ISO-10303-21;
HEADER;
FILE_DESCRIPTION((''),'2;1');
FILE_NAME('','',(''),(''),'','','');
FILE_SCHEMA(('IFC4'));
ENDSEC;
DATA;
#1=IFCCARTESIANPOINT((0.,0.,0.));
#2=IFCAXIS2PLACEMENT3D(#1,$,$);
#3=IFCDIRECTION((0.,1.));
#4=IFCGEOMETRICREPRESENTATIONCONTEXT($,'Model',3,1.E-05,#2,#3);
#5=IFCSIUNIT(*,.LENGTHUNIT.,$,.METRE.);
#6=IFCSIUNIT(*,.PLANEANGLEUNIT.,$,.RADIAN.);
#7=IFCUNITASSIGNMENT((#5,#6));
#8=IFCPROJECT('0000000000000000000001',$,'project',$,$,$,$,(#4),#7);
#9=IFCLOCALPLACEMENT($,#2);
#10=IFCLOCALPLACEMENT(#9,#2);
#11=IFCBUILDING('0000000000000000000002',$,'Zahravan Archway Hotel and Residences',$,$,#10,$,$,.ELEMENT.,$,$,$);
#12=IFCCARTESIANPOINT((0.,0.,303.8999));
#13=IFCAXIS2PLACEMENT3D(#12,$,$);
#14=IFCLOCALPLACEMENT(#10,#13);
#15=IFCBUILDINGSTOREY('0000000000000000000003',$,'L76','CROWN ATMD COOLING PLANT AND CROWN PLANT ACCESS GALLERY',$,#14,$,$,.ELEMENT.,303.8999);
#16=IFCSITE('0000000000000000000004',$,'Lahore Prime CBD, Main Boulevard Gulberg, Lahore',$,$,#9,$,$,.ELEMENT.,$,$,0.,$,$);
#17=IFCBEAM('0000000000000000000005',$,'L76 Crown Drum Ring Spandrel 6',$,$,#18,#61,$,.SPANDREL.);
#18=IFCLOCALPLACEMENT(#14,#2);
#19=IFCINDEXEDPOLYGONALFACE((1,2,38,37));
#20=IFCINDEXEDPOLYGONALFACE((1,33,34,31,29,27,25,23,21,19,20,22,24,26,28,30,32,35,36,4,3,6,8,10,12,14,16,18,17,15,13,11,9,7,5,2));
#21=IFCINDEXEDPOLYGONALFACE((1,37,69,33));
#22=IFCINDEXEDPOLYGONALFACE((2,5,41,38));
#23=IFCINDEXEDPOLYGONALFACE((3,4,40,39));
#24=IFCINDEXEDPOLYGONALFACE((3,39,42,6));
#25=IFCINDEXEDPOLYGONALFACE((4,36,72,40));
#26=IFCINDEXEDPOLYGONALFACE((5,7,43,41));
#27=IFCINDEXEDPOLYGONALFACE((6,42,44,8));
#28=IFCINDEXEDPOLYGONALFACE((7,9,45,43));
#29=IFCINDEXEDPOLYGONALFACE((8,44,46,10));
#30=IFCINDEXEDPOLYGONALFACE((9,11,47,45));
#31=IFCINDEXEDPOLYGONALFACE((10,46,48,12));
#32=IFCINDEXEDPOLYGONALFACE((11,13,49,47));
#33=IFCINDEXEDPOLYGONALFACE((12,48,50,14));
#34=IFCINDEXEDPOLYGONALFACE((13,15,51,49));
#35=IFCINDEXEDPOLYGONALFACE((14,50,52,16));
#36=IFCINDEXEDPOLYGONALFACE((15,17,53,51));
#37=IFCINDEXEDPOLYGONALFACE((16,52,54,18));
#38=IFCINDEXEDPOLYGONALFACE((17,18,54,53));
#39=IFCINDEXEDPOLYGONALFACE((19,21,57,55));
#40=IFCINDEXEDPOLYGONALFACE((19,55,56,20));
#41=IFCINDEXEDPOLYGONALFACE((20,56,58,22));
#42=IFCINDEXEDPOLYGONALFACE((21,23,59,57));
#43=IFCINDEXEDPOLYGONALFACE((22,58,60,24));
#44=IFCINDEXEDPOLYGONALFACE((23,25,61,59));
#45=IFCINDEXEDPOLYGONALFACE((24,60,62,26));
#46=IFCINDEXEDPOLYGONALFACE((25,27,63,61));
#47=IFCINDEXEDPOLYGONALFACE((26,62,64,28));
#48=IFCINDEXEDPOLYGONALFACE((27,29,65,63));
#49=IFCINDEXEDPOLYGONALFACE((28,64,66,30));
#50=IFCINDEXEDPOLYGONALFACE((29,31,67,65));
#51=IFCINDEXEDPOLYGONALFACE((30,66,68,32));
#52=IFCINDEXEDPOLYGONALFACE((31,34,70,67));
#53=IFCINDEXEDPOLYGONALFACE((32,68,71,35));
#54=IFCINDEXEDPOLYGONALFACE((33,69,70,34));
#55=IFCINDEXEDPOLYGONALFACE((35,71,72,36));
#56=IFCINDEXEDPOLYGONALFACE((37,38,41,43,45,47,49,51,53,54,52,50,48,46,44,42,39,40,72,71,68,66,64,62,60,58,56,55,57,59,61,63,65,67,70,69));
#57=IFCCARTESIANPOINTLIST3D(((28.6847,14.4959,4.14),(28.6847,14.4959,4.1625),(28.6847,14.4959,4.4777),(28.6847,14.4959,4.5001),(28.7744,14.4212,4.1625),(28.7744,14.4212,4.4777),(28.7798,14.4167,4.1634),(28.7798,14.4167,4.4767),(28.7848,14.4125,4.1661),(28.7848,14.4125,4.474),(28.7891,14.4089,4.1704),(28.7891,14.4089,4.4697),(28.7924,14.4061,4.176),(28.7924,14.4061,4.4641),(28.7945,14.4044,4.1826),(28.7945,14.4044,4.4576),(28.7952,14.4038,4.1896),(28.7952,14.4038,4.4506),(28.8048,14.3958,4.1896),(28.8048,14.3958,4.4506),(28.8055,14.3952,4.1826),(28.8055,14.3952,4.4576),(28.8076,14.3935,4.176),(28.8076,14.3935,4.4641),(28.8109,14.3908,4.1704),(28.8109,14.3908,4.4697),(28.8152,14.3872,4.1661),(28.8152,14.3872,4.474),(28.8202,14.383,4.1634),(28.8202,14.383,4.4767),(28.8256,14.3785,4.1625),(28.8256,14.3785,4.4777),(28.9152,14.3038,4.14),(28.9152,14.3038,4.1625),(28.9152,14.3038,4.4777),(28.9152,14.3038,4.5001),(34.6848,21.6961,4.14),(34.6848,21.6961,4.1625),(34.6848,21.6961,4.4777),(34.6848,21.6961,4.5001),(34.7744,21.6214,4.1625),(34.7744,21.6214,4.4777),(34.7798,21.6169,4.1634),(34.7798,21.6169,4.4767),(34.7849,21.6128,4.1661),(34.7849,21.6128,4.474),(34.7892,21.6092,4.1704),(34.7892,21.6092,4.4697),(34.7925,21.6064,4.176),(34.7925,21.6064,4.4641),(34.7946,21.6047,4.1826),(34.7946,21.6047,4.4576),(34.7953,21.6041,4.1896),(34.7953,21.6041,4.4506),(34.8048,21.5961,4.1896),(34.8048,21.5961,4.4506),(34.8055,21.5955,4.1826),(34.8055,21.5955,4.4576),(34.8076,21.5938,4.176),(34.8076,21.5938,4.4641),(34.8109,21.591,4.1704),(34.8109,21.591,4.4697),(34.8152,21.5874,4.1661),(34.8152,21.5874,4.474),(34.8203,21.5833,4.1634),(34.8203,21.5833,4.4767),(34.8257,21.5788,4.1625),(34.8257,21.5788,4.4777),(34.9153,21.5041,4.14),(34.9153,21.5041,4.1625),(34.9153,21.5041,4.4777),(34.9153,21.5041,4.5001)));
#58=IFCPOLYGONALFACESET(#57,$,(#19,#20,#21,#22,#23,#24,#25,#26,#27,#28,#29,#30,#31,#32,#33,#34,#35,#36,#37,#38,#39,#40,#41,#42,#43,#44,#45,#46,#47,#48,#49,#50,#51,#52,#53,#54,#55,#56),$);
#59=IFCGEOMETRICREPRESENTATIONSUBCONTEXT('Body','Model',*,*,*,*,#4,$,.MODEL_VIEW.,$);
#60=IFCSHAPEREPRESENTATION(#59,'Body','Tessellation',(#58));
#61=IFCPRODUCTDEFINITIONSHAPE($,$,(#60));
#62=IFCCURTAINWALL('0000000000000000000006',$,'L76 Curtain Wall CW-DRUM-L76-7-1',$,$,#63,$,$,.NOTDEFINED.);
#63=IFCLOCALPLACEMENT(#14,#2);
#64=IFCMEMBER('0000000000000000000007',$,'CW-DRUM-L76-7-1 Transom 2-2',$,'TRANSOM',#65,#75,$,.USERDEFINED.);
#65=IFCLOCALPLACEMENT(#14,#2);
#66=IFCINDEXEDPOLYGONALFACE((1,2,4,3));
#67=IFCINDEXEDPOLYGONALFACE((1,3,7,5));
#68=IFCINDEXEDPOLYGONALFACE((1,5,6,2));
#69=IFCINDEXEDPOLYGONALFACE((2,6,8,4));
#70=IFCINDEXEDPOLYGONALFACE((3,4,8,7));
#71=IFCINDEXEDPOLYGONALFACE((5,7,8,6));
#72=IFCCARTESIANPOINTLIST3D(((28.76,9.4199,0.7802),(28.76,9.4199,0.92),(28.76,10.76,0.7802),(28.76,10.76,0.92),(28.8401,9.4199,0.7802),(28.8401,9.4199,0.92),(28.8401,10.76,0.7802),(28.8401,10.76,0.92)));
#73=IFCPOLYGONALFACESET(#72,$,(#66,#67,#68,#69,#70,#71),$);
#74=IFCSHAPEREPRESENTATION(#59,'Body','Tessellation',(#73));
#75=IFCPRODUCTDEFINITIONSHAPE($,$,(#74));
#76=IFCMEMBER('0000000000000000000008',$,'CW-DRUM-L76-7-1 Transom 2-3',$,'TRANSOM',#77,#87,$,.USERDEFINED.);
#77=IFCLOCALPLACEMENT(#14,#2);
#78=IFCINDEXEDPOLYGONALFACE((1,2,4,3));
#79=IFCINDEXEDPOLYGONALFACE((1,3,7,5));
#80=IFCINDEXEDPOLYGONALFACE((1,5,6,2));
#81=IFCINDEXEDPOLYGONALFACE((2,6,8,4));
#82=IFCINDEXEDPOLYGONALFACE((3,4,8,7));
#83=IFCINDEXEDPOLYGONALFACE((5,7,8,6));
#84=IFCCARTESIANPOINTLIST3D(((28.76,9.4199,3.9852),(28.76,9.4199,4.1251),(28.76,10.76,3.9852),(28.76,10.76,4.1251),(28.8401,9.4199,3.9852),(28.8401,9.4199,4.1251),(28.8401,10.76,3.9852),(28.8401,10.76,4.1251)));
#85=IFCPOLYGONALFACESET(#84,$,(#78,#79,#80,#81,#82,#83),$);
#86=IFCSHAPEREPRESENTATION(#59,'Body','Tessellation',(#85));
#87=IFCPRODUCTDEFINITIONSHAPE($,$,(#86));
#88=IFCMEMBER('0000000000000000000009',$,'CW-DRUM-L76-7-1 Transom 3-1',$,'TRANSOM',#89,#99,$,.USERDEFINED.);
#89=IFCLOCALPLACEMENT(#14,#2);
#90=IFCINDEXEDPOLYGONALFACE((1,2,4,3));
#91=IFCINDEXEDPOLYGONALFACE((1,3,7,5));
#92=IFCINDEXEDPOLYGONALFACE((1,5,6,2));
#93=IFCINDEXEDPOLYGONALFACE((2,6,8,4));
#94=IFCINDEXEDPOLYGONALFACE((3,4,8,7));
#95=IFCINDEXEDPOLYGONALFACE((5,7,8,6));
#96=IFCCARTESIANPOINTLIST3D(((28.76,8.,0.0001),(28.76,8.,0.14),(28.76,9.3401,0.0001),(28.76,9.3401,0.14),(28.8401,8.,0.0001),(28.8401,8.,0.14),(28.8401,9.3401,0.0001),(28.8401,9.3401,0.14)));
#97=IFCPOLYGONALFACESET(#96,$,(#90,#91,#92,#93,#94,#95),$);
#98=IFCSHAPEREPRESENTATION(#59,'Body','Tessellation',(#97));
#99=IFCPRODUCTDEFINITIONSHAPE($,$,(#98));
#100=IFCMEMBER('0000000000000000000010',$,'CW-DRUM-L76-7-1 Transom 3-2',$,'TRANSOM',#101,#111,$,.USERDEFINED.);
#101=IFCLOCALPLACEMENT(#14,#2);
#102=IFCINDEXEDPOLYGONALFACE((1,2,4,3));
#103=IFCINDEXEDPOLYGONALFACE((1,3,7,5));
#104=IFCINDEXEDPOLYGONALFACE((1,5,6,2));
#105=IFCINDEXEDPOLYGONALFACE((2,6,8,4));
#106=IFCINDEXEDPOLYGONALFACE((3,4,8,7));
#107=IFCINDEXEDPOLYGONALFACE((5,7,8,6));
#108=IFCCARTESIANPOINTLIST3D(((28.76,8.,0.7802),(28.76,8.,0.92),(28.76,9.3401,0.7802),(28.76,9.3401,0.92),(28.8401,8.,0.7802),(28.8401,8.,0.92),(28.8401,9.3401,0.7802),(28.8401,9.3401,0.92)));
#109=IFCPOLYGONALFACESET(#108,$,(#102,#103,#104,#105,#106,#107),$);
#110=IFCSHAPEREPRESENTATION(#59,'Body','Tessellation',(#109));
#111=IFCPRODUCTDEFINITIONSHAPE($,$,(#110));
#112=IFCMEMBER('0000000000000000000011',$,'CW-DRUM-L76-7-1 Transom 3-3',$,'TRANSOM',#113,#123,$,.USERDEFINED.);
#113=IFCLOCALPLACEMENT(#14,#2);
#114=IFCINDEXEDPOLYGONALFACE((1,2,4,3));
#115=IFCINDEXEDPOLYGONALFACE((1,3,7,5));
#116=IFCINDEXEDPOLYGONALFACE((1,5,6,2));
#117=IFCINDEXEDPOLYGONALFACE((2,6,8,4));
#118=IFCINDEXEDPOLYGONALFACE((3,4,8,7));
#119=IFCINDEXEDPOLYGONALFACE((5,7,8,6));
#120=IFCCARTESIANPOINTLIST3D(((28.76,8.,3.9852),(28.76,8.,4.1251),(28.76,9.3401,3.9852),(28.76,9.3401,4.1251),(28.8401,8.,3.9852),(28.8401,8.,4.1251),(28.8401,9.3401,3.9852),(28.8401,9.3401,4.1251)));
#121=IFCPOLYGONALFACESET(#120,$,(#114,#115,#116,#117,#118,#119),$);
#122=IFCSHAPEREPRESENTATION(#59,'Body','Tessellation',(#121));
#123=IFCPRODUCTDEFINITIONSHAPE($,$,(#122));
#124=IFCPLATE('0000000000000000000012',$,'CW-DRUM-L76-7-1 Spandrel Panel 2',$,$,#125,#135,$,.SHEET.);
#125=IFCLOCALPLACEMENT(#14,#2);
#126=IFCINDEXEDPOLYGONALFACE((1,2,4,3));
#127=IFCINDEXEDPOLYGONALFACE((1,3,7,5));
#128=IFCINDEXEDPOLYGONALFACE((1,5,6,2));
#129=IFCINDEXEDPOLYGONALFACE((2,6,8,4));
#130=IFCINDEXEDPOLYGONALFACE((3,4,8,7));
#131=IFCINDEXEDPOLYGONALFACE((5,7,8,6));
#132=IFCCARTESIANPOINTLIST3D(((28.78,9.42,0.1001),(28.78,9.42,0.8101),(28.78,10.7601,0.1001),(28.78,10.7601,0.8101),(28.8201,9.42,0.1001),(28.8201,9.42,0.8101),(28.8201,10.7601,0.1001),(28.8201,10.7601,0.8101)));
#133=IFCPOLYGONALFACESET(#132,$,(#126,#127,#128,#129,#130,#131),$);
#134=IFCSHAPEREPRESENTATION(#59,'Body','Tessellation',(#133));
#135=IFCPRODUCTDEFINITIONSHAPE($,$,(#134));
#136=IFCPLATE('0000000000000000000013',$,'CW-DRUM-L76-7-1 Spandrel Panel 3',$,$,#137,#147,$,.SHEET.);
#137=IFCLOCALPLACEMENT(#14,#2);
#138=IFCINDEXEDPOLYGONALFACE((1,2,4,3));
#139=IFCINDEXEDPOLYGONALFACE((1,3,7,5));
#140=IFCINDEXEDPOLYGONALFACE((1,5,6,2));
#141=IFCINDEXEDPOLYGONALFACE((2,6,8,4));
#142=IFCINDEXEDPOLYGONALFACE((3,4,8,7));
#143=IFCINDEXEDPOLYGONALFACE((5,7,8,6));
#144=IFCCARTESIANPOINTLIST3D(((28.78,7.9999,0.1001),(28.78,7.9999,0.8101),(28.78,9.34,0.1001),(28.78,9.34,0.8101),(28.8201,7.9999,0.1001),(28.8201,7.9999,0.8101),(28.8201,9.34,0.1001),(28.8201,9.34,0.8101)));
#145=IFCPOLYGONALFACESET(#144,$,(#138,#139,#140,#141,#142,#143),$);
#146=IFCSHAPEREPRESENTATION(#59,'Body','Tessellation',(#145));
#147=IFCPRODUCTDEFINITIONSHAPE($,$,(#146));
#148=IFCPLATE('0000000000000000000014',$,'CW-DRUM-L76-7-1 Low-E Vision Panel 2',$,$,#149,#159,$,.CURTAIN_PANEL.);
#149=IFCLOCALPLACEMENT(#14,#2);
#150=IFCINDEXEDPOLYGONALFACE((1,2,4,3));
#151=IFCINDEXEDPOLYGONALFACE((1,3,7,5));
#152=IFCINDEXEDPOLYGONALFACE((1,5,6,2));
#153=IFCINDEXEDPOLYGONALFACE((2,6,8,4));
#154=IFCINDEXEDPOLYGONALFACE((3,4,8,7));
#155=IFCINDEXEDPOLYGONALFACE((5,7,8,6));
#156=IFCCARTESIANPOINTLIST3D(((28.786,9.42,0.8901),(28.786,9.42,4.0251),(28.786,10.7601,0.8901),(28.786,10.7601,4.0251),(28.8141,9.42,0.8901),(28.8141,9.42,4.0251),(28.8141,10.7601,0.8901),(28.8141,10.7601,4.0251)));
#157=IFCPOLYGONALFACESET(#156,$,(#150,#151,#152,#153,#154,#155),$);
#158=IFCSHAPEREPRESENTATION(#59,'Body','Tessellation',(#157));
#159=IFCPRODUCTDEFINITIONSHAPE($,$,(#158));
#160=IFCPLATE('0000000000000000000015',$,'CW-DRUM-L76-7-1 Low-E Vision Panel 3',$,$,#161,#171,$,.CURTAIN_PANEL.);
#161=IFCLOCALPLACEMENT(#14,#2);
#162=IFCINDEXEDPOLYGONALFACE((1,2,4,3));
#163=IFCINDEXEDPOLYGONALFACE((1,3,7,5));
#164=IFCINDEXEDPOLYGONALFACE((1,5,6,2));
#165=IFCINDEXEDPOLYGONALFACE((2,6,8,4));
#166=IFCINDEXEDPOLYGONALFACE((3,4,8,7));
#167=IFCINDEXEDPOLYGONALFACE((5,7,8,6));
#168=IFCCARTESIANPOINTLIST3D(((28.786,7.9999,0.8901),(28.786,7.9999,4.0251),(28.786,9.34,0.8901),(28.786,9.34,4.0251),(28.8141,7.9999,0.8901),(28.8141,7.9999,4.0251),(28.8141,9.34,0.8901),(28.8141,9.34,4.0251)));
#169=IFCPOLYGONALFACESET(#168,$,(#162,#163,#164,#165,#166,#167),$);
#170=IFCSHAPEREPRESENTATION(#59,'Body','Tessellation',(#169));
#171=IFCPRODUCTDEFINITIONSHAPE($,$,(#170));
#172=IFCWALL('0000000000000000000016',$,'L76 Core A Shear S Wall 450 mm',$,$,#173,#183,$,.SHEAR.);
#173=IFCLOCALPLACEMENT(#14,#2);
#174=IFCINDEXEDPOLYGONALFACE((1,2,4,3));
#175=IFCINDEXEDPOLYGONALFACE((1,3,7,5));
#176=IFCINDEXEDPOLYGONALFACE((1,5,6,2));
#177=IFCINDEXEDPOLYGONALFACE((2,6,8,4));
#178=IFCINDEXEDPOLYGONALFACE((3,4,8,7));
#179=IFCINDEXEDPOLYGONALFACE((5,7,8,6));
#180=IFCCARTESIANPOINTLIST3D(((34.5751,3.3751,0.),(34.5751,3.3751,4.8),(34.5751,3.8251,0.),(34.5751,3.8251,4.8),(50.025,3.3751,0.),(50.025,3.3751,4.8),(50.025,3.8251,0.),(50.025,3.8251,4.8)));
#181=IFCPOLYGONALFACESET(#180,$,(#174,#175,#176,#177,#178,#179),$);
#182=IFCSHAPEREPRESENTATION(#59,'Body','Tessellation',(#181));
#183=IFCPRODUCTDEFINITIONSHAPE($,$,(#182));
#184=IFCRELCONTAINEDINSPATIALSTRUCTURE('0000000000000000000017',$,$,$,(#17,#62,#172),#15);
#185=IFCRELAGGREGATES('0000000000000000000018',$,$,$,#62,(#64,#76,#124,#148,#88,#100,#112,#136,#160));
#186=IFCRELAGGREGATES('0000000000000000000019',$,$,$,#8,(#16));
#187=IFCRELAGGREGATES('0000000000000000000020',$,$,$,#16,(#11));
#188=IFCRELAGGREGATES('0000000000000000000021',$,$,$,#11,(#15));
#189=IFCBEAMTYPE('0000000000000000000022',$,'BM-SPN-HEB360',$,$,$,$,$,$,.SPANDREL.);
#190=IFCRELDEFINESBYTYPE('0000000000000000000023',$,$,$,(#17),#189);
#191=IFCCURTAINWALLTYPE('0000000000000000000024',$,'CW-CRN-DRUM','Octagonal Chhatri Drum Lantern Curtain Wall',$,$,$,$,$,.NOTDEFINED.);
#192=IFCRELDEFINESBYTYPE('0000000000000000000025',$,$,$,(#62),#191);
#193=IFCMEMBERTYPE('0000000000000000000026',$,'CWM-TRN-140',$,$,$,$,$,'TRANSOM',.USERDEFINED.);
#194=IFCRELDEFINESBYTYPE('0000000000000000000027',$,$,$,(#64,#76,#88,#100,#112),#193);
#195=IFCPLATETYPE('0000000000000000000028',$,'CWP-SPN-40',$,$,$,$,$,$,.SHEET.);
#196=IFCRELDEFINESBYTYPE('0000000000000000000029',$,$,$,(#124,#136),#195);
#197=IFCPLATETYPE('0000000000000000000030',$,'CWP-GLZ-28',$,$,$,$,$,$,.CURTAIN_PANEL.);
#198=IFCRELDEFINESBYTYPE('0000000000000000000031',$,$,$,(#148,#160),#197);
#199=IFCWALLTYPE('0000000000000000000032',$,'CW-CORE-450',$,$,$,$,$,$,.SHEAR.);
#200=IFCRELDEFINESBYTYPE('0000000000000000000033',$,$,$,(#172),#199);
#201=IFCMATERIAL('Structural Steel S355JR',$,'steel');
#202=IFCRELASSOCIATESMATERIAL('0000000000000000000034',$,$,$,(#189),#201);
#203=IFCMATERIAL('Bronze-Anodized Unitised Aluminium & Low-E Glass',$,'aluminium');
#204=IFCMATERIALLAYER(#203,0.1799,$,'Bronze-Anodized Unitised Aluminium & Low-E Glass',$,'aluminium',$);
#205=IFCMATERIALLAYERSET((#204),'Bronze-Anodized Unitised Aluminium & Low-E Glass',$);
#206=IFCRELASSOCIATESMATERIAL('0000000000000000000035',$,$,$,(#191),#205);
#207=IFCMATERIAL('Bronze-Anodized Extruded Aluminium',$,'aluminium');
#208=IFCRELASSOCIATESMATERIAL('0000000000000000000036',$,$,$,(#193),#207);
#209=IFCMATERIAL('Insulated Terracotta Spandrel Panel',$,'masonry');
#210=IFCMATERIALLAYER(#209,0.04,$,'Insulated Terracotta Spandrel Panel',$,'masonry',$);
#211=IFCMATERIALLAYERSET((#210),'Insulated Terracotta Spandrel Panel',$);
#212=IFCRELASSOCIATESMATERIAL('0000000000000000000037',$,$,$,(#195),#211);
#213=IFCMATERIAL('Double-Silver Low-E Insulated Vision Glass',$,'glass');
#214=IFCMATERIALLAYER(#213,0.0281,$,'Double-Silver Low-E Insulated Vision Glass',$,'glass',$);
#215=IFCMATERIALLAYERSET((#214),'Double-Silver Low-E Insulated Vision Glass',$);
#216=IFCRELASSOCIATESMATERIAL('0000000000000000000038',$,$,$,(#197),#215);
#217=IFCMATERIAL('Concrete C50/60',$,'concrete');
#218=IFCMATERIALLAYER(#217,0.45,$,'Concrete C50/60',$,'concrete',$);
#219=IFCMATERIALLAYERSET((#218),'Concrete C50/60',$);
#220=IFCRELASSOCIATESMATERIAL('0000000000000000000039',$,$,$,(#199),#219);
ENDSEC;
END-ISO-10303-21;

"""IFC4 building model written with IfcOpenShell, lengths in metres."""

from ifc_helpers import new_model, si_unit, direction, frame, frame_2d, origin, origin_2d, place, context, subcontext, project, spatial, rectangle, i_section, extrude, source, transform, mapped, material, layer, layer_set, material_profile, profile_set, type_object, element, aggregate, save


model = new_model("IFC4")

# Units and contexts
model_context = context("Model", 3, precision=1e-05, world=origin(), true_north=direction((0.0, 1.0)))
body_context = subcontext(model_context, "Body", "Model", "MODEL_VIEW")
ifc_project = project(units=[si_unit("LENGTHUNIT", "METRE"), si_unit("PLANEANGLEUNIT", "RADIAN")], contexts=[model_context])

# Site, building, storey
site_placement = place(None, origin())
site = spatial("IfcSite", under=ifc_project, at=site_placement, Name="Lahore Prime CBD, Main Boulevard Gulberg, Lahore", CompositionType="ELEMENT", RefElevation=0.0)
building_placement = place(site_placement, origin())
building = spatial("IfcBuilding", under=site, at=building_placement, Name="Zahravan Archway Hotel and Residences", CompositionType="ELEMENT")
storey_placement = place(building_placement, frame((0.0, 0.0, 303.8999)))
storey = spatial("IfcBuildingStorey", under=building, at=storey_placement, Name="L76", Description="CROWN ATMD COOLING PLANT AND CROWN PLANT ACCESS GALLERY", CompositionType="ELEMENT", Elevation=303.8999)

# Beam
ifc_material_1 = material(Name="Structural Steel S355JR", Category="steel")
ifc_material_profile_1 = material_profile(ifc_material_1, i_section(OverallWidth=0.3, OverallDepth=0.3601, WebThickness=0.0125, FlangeThickness=0.0225, FilletRadius=0.0271, at=origin_2d()), Name="HEB 360", Category="steel")
ifc_profile_set_1 = profile_set([ifc_material_profile_1], Name="Structural Steel S355JR")
beam_type_1 = type_object("IfcBeamType", Name="BM-SPN-HEB360", PredefinedType="SPANDREL", material=ifc_profile_set_1)
shared_shape_1 = source(origin(), body_context, "Body", "SweptSolid", [
    extrude(i_section(OverallWidth=0.3, OverallDepth=0.3601, WebThickness=0.0125, FlangeThickness=0.0225, FilletRadius=0.0271, at=origin_2d()), origin(), (0.0, 0.0, 1.0), 9.3726),
])
beam_1_placement = place(storey_placement, frame((34.8, 21.6001, 4.3201), z_axis=(-0.640174, -0.76823, 0.0), x_axis=(0.76823, -0.640174, 0.0)))
element("IfcBeam", 1, at=beam_1_placement, inside=storey, type_object=beam_type_1, Name="L76 Crown Drum Ring Spandrel 6", PredefinedType="SPANDREL", context=body_context, shape_type="MappedRepresentation", body=[
    mapped(shared_shape_1, transform((0.0, 0.0, 0.0), scale=1.0)),
])

# Curtain wall, members, plates
ifc_material_2 = material(Name="Bronze-Anodized Unitised Aluminium & Low-E Glass", Category="aluminium")
ifc_layer_1 = layer(ifc_material_2, 0.1799, Name="Bronze-Anodized Unitised Aluminium & Low-E Glass", Category="aluminium")
ifc_layer_set_1 = layer_set([ifc_layer_1], Name="Bronze-Anodized Unitised Aluminium & Low-E Glass")
curtain_wall_type = type_object("IfcCurtainWallType", Name="CW-CRN-DRUM", Description="Octagonal Chhatri Drum Lantern Curtain Wall", PredefinedType="NOTDEFINED", material=ifc_layer_set_1)
curtain_wall_placement = place(storey_placement, origin())
curtain_wall = element("IfcCurtainWall", 2, at=curtain_wall_placement, inside=storey, type_object=curtain_wall_type, Name="L76 Curtain Wall CW-DRUM-L76-7-1", PredefinedType="NOTDEFINED")
ifc_material_3 = material(Name="Bronze-Anodized Extruded Aluminium", Category="aluminium")
ifc_material_profile_2 = material_profile(ifc_material_3, rectangle(XDim=0.0801, YDim=0.1399, at=origin_2d()), Name="TRN 80x140", Category="aluminium")
ifc_profile_set_2 = profile_set([ifc_material_profile_2], Name="Bronze-Anodized Extruded Aluminium")
member_type = type_object("IfcMemberType", Name="CWM-TRN-140", ElementType="TRANSOM", PredefinedType="USERDEFINED", material=ifc_profile_set_2)
shared_shape_2 = source(origin(), body_context, "Body", "SweptSolid", [
    extrude(rectangle(XDim=0.0801, YDim=0.1399, at=origin_2d()), origin(), (0.0, 0.0, 1.0), 1.3401),
])
member_1_placement = place(storey_placement, frame((28.8, 10.76, 0.8501), z_axis=(0.0, -1.0, 0.0), x_axis=(1.0, 0.0, 0.0)))
member_1 = element("IfcMember", 3, at=member_1_placement, type_object=member_type, Name="CW-DRUM-L76-7-1 Transom 2-2", ObjectType="TRANSOM", PredefinedType="USERDEFINED", context=body_context, shape_type="MappedRepresentation", body=[
    mapped(shared_shape_2, transform((0.0, 0.0, 0.0), scale=1.0)),
])
member_2_placement = place(storey_placement, frame((28.8, 10.76, 4.0552), z_axis=(0.0, -1.0, 0.0), x_axis=(1.0, 0.0, 0.0)))
member_2 = element("IfcMember", 4, at=member_2_placement, type_object=member_type, Name="CW-DRUM-L76-7-1 Transom 2-3", ObjectType="TRANSOM", PredefinedType="USERDEFINED", context=body_context, shape_type="MappedRepresentation", body=[
    mapped(shared_shape_2, transform((0.0, 0.0, 0.0), scale=1.0)),
])
member_3_placement = place(storey_placement, frame((28.8, 9.3401, 0.0701), z_axis=(0.0, -1.0, 0.0), x_axis=(1.0, 0.0, 0.0)))
member_3 = element("IfcMember", 5, at=member_3_placement, type_object=member_type, Name="CW-DRUM-L76-7-1 Transom 3-1", ObjectType="TRANSOM", PredefinedType="USERDEFINED", context=body_context, shape_type="MappedRepresentation", body=[
    mapped(shared_shape_2, transform((0.0, 0.0, 0.0), scale=1.0)),
])
member_4_placement = place(storey_placement, frame((28.8, 9.3401, 0.8501), z_axis=(0.0, -1.0, 0.0), x_axis=(1.0, 0.0, 0.0)))
member_4 = element("IfcMember", 6, at=member_4_placement, type_object=member_type, Name="CW-DRUM-L76-7-1 Transom 3-2", ObjectType="TRANSOM", PredefinedType="USERDEFINED", context=body_context, shape_type="MappedRepresentation", body=[
    mapped(shared_shape_2, transform((0.0, 0.0, 0.0), scale=1.0)),
])
member_5_placement = place(storey_placement, frame((28.8, 9.3401, 4.0552), z_axis=(0.0, -1.0, 0.0), x_axis=(1.0, 0.0, 0.0)))
member_5 = element("IfcMember", 7, at=member_5_placement, type_object=member_type, Name="CW-DRUM-L76-7-1 Transom 3-3", ObjectType="TRANSOM", PredefinedType="USERDEFINED", context=body_context, shape_type="MappedRepresentation", body=[
    mapped(shared_shape_2, transform((0.0, 0.0, 0.0), scale=1.0)),
])
ifc_material_4 = material(Name="Insulated Terracotta Spandrel Panel", Category="masonry")
ifc_layer_2 = layer(ifc_material_4, 0.04, Name="Insulated Terracotta Spandrel Panel", Category="masonry")
ifc_layer_set_2 = layer_set([ifc_layer_2], Name="Insulated Terracotta Spandrel Panel")
plate_type_1 = type_object("IfcPlateType", Name="CWP-SPN-40", PredefinedType="SHEET", material=ifc_layer_set_2)
shared_shape_3 = source(origin(), body_context, "Body", "SweptSolid", [
    extrude(rectangle(XDim=1.3401, YDim=0.04, at=origin_2d()), origin(), (0.0, 0.0, 1.0), 0.71),
])
plate_1_placement = place(storey_placement, frame((28.8, 10.0901, 0.1001), z_axis=(0.0, 0.0, 1.0), x_axis=(0.0, -1.0, 0.0)))
plate_1 = element("IfcPlate", 8, at=plate_1_placement, type_object=plate_type_1, Name="CW-DRUM-L76-7-1 Spandrel Panel 2", PredefinedType="SHEET", context=body_context, shape_type="MappedRepresentation", body=[
    mapped(shared_shape_3, transform((0.0, 0.0, 0.0), scale=1.0)),
])
plate_2_placement = place(storey_placement, frame((28.8, 8.6699, 0.1001), z_axis=(0.0, 0.0, 1.0), x_axis=(0.0, -1.0, 0.0)))
plate_2 = element("IfcPlate", 9, at=plate_2_placement, type_object=plate_type_1, Name="CW-DRUM-L76-7-1 Spandrel Panel 3", PredefinedType="SHEET", context=body_context, shape_type="MappedRepresentation", body=[
    mapped(shared_shape_3, transform((0.0, 0.0, 0.0), scale=1.0)),
])
ifc_material_5 = material(Name="Double-Silver Low-E Insulated Vision Glass", Category="glass")
ifc_layer_3 = layer(ifc_material_5, 0.0281, Name="Double-Silver Low-E Insulated Vision Glass", Category="glass")
ifc_layer_set_3 = layer_set([ifc_layer_3], Name="Double-Silver Low-E Insulated Vision Glass")
plate_type_2 = type_object("IfcPlateType", Name="CWP-GLZ-28", PredefinedType="CURTAIN_PANEL", material=ifc_layer_set_3)
shared_shape_4 = source(origin(), body_context, "Body", "SweptSolid", [
    extrude(rectangle(XDim=1.3401, YDim=0.0281, at=origin_2d()), origin(), (0.0, 0.0, 1.0), 3.135),
])
plate_3_placement = place(storey_placement, frame((28.8, 10.0901, 0.8901), z_axis=(0.0, 0.0, 1.0), x_axis=(0.0, -1.0, 0.0)))
plate_3 = element("IfcPlate", 10, at=plate_3_placement, type_object=plate_type_2, Name="CW-DRUM-L76-7-1 Low-E Vision Panel 2", PredefinedType="CURTAIN_PANEL", context=body_context, shape_type="MappedRepresentation", body=[
    mapped(shared_shape_4, transform((0.0, 0.0, 0.0), scale=1.0)),
])
plate_4_placement = place(storey_placement, frame((28.8, 8.6699, 0.8901), z_axis=(0.0, 0.0, 1.0), x_axis=(0.0, -1.0, 0.0)))
plate_4 = element("IfcPlate", 11, at=plate_4_placement, type_object=plate_type_2, Name="CW-DRUM-L76-7-1 Low-E Vision Panel 3", PredefinedType="CURTAIN_PANEL", context=body_context, shape_type="MappedRepresentation", body=[
    mapped(shared_shape_4, transform((0.0, 0.0, 0.0), scale=1.0)),
])
aggregate(curtain_wall, [member_1, member_2, plate_1, plate_3, member_3, member_4, member_5, plate_2, plate_4])

# Wall
ifc_material_6 = material(Name="Concrete C50/60", Category="concrete")
ifc_layer_4 = layer(ifc_material_6, 0.45, Name="Concrete C50/60", Category="concrete")
ifc_layer_set_4 = layer_set([ifc_layer_4], Name="Concrete C50/60")
wall_type_1 = type_object("IfcWallType", Name="CW-CORE-450", PredefinedType="SHEAR", material=ifc_layer_set_4)
wall_1_placement = place(storey_placement, frame((34.575, 3.6001, 0.0), z_axis=(0.0, 0.0, 1.0), x_axis=(1.0, 0.0, 0.0)))
element("IfcWall", 12, at=wall_1_placement, inside=storey, type_object=wall_type_1, Name="L76 Core A Shear S Wall 450 mm", PredefinedType="SHEAR", context=body_context, shape_type="SweptSolid", body=[
    extrude(rectangle(XDim=15.45, YDim=0.45, at=frame_2d((7.7251, 0.0))), origin(), (0.0, 0.0, 1.0), 4.8),
])

save(model, "model.ifc")
